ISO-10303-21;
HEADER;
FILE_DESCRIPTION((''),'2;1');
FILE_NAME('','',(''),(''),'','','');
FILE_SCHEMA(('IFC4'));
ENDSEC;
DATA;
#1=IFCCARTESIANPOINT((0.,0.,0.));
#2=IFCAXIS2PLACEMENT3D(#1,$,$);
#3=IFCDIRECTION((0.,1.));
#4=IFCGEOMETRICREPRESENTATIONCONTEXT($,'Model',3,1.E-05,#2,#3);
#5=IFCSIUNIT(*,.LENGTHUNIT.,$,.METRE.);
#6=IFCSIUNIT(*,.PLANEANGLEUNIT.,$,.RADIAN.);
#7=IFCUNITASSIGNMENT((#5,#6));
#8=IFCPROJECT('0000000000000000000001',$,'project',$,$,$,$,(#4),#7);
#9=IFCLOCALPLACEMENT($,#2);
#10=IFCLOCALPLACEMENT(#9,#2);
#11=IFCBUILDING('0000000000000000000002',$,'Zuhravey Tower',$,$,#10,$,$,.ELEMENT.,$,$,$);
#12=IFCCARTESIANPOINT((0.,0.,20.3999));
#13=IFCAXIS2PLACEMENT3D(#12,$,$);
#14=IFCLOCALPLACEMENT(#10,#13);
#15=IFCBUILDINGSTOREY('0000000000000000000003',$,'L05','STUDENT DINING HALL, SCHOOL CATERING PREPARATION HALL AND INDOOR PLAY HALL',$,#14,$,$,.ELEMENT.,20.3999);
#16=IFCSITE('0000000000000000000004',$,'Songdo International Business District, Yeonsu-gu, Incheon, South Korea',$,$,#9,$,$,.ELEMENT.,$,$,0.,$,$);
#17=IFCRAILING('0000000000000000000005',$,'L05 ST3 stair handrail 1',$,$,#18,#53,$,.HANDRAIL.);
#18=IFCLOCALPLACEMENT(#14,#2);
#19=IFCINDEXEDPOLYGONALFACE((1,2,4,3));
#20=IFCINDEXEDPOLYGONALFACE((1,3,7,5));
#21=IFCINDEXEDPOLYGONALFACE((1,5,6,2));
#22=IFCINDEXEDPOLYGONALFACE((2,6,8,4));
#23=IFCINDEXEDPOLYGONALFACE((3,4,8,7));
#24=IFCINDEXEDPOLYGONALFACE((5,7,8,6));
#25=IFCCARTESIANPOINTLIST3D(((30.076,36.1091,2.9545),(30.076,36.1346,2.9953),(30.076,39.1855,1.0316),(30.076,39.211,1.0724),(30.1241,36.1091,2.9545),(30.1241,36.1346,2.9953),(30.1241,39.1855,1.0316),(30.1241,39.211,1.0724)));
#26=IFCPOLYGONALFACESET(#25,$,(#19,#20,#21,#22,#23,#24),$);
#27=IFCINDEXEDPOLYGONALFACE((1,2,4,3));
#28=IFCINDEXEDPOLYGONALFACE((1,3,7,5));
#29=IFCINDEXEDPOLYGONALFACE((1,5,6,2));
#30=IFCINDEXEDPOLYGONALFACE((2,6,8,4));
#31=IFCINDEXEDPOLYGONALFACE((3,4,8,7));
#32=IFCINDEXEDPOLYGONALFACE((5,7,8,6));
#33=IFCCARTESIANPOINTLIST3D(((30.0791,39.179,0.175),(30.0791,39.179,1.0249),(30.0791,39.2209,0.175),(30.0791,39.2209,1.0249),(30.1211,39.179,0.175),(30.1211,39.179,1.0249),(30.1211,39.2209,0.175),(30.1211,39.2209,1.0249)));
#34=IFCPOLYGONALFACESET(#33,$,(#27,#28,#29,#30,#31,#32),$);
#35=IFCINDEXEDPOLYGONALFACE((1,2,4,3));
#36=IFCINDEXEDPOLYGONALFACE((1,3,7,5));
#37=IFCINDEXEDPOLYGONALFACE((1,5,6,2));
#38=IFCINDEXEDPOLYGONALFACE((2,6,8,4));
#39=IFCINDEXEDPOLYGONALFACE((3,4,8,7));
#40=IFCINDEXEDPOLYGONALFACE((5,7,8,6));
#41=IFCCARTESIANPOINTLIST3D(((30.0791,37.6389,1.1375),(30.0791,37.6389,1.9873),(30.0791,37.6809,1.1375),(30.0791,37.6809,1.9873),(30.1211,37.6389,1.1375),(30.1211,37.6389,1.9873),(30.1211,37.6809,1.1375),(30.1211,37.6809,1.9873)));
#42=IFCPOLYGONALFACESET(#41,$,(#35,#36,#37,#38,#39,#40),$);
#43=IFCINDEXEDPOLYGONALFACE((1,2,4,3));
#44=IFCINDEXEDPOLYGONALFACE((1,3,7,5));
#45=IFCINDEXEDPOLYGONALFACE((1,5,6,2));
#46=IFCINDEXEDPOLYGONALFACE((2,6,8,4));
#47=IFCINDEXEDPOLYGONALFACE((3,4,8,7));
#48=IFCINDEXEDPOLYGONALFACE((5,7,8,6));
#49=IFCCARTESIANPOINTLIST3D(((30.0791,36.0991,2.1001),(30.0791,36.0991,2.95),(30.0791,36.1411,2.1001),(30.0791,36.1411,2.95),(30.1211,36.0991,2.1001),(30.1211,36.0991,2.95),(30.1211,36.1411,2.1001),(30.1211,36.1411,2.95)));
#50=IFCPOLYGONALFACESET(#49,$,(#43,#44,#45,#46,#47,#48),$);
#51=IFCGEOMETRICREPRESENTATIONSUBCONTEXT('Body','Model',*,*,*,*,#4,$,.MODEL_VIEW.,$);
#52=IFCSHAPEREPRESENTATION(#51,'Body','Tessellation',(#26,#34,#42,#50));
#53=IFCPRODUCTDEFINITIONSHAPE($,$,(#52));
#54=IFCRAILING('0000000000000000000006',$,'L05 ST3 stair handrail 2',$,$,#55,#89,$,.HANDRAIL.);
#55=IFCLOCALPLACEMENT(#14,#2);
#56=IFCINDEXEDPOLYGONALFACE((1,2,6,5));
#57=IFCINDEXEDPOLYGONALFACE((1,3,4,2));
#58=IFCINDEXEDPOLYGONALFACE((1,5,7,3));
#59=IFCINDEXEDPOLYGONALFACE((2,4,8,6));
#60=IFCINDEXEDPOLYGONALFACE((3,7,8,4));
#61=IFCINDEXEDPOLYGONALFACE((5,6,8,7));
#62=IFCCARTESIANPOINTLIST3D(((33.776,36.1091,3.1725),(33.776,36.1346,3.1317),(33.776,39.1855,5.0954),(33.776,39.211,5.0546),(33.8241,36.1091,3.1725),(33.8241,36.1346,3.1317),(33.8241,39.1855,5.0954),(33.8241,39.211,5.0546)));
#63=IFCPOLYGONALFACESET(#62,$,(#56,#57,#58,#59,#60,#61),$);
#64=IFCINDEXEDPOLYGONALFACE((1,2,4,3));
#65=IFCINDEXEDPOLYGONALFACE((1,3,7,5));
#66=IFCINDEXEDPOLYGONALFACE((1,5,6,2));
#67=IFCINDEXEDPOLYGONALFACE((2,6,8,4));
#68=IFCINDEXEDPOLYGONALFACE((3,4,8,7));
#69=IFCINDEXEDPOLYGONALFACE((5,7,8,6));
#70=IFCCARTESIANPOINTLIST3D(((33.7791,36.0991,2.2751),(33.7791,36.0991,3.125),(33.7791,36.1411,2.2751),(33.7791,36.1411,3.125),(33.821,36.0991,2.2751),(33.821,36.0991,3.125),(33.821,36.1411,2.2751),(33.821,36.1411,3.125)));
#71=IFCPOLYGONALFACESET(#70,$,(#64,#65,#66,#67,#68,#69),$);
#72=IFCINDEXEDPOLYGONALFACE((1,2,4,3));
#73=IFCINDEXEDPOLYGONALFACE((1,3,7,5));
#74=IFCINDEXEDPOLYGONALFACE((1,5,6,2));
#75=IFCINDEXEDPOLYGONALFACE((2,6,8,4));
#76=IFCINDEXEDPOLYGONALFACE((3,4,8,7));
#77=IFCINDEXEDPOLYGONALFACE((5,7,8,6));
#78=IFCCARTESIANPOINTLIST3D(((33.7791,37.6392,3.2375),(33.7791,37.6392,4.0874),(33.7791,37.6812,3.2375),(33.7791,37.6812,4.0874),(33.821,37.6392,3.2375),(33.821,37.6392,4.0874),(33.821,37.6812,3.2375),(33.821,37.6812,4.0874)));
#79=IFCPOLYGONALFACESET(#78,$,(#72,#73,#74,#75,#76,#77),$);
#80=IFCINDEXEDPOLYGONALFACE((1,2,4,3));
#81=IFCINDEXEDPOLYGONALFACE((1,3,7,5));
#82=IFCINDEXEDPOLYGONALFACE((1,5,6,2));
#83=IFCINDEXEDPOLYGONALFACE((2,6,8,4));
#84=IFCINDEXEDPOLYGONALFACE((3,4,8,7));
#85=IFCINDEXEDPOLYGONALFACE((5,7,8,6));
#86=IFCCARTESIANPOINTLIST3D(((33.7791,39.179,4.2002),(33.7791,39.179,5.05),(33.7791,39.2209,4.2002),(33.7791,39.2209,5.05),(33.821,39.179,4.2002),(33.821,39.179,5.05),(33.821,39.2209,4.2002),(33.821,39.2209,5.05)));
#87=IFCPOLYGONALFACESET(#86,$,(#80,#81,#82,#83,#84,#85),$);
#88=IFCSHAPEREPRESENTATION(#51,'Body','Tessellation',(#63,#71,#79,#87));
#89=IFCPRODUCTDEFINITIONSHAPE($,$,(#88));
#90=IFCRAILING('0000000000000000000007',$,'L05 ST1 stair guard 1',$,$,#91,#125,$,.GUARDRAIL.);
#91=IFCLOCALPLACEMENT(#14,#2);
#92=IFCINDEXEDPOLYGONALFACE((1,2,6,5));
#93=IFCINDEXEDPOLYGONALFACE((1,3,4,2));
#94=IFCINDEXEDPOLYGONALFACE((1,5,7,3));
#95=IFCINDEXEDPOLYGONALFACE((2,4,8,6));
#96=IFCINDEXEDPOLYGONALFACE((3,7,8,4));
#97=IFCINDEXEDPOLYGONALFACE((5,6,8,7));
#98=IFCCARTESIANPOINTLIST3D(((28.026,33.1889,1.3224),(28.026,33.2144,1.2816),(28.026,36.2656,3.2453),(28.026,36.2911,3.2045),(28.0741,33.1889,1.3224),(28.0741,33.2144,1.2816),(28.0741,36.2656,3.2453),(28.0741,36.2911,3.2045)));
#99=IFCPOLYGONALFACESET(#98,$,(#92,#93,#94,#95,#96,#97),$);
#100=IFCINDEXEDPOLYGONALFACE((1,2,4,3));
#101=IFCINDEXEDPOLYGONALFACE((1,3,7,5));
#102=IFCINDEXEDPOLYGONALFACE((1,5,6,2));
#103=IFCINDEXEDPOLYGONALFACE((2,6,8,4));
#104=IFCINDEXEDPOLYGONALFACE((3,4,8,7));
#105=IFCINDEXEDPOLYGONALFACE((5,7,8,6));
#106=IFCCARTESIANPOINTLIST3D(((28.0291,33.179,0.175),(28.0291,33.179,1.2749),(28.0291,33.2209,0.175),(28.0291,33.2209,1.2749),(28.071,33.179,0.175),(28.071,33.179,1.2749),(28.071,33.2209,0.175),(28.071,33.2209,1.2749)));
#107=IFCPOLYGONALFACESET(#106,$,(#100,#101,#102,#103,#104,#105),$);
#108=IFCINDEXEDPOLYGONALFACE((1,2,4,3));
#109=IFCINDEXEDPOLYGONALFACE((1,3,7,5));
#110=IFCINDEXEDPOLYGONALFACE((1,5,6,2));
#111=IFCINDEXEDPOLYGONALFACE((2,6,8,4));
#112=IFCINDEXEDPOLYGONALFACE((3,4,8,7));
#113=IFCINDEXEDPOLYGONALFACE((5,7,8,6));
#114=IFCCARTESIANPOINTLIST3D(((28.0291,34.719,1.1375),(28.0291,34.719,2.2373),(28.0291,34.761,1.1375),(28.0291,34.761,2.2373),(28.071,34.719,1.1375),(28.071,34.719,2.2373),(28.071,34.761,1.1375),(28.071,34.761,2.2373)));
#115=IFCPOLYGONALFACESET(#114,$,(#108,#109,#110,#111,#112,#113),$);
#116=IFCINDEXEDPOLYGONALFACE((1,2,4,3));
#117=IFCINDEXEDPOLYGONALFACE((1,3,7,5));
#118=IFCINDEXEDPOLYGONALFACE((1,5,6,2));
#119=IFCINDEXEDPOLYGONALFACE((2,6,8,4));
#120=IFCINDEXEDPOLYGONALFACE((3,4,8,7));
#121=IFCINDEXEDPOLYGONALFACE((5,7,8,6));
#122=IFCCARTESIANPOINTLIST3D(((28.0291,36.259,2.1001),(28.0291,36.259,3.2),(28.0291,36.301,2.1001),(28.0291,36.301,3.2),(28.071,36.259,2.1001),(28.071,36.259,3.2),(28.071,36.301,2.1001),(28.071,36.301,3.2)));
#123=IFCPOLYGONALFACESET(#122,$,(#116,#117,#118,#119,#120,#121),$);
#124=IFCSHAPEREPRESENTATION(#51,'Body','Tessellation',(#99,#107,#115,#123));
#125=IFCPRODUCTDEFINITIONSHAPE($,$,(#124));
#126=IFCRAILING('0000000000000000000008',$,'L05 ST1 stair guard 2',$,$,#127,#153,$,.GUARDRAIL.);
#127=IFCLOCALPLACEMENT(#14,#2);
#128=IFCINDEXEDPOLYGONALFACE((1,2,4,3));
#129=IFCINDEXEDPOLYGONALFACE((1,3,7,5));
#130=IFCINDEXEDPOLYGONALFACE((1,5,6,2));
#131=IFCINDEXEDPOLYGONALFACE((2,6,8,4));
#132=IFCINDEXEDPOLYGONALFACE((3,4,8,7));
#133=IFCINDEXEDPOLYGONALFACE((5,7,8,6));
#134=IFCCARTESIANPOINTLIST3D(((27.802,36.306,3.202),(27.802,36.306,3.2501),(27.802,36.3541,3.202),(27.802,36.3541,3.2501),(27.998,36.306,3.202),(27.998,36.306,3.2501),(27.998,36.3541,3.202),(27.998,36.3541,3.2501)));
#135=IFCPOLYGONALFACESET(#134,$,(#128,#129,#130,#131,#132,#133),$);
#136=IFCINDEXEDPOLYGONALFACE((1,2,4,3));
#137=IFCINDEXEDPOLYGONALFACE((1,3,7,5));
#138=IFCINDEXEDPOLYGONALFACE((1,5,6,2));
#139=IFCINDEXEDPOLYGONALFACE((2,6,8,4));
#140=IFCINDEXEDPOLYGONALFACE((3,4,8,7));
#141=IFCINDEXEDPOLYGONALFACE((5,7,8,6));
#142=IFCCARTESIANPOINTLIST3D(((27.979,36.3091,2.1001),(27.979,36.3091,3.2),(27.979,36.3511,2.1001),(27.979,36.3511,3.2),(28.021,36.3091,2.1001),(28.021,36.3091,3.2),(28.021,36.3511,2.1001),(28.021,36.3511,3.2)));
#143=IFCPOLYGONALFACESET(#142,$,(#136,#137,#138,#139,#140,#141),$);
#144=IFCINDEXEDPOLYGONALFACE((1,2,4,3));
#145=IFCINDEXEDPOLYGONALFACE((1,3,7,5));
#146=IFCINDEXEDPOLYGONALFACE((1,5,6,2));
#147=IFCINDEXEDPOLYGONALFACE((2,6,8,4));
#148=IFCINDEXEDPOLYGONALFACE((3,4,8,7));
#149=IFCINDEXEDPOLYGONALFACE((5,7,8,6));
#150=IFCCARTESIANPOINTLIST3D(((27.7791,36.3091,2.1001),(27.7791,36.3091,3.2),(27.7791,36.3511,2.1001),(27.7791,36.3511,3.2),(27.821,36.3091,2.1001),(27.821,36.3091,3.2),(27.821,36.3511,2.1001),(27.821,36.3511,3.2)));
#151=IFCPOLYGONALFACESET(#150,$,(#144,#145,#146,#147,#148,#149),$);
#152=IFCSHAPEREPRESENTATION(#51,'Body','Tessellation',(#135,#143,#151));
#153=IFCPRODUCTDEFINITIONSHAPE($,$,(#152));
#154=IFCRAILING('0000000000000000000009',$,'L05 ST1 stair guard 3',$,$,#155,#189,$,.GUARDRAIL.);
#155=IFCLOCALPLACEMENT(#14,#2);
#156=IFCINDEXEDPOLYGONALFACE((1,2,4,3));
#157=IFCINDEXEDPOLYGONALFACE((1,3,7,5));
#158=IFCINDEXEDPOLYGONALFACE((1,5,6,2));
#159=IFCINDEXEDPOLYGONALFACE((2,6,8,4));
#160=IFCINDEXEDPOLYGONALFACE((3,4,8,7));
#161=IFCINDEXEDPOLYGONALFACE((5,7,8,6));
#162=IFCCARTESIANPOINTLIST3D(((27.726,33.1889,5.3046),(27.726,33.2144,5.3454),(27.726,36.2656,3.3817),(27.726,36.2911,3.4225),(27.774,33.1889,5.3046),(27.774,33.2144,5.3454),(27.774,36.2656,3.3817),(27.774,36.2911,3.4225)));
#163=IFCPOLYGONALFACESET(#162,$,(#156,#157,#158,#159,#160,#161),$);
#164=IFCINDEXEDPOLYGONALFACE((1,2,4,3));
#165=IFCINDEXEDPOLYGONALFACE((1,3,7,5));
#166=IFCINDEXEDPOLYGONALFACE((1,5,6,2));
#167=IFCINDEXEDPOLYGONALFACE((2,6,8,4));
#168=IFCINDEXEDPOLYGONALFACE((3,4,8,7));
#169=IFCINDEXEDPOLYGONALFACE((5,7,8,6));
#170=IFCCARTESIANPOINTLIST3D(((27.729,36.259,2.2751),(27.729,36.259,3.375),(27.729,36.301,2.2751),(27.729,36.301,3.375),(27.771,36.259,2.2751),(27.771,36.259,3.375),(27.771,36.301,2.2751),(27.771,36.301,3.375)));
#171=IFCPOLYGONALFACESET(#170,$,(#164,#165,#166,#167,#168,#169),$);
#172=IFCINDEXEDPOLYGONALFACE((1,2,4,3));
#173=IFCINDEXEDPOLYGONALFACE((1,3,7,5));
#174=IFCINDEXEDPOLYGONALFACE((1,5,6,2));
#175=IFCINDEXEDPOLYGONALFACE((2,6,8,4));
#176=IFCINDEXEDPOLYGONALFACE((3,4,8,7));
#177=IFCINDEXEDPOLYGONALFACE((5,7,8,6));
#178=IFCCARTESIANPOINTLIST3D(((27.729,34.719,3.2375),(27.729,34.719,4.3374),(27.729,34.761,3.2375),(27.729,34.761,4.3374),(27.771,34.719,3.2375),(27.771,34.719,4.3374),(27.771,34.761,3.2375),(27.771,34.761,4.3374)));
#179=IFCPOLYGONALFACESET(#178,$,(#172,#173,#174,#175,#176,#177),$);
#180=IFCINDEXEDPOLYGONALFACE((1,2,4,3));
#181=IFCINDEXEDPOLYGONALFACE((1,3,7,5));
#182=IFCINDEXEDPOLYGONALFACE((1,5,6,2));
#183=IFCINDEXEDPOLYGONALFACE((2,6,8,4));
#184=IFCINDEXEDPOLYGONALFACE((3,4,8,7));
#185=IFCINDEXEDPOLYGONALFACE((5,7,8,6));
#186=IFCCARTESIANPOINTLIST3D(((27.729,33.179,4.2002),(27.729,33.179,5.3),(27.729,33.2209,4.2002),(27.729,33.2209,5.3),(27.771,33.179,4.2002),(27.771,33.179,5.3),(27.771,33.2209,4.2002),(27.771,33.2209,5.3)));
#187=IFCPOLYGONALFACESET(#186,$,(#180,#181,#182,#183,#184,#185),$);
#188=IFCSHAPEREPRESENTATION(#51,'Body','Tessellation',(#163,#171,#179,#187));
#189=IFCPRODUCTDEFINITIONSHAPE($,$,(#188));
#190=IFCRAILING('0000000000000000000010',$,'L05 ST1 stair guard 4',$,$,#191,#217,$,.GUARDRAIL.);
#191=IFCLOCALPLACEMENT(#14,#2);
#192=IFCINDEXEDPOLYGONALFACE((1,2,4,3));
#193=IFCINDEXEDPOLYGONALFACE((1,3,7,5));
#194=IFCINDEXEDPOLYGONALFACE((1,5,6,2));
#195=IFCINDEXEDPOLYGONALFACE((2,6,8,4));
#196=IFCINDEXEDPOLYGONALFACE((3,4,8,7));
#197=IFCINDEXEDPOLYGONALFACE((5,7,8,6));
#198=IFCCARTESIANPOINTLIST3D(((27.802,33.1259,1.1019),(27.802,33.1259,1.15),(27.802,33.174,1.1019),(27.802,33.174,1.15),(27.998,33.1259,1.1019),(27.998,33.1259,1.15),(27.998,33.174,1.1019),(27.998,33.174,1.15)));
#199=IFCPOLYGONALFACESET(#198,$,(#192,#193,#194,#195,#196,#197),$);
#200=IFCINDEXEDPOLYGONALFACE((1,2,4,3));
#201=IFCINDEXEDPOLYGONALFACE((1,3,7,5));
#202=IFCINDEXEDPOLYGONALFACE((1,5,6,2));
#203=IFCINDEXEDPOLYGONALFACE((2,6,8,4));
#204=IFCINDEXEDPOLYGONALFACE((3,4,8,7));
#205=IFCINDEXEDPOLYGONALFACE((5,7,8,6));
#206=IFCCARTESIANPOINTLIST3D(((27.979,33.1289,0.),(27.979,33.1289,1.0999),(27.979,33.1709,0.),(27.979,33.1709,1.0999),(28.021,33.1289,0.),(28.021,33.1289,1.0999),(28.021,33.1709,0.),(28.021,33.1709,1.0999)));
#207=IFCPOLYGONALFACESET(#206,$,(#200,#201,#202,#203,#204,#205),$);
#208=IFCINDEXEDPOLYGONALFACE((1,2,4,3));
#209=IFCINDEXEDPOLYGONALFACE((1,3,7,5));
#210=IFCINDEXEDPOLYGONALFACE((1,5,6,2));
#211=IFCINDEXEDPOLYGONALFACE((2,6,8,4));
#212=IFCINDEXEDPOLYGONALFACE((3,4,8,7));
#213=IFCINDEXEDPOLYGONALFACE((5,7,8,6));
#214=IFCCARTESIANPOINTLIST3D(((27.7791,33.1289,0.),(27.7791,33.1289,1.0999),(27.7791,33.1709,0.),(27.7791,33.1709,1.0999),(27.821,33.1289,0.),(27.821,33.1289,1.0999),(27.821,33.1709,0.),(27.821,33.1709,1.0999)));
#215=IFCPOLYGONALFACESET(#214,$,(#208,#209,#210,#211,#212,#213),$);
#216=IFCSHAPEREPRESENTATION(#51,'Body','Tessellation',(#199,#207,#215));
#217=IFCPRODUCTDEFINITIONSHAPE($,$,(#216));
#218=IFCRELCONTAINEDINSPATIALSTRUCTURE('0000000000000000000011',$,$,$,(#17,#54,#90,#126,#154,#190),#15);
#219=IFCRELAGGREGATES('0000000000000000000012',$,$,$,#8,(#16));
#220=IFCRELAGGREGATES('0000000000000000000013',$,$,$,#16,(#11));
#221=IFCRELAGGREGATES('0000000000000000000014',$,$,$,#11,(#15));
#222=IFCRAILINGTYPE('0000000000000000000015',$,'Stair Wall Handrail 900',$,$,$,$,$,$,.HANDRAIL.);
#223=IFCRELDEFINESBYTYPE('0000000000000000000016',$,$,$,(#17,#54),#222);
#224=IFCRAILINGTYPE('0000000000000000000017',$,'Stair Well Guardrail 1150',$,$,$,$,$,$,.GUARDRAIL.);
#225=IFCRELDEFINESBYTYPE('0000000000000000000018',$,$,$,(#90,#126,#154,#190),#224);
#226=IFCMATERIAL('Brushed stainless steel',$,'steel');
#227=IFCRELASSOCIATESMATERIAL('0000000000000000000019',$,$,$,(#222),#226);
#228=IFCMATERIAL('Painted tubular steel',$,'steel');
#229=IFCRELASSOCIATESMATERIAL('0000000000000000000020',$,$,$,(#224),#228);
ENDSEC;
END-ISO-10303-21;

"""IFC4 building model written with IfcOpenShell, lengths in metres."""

from ifc_helpers import new_model, si_unit, direction, frame, origin, origin_2d, place, context, subcontext, project, spatial, rectangle, extrude, material, type_object, element, save


model = new_model("IFC4")

# Units and contexts
model_context = context("Model", 3, precision=1e-05, world=origin(), true_north=direction((0.0, 1.0)))
body_context = subcontext(model_context, "Body", "Model", "MODEL_VIEW")
ifc_project = project(units=[si_unit("LENGTHUNIT", "METRE"), si_unit("PLANEANGLEUNIT", "RADIAN")], contexts=[model_context])

# Site, building, storey
site_placement = place(None, origin())
site = spatial("IfcSite", under=ifc_project, at=site_placement, Name="Songdo International Business District, Yeonsu-gu, Incheon, South Korea", CompositionType="ELEMENT", RefElevation=0.0)
building_placement = place(site_placement, origin())
building = spatial("IfcBuilding", under=site, at=building_placement, Name="Zuhravey Tower", CompositionType="ELEMENT")
storey_placement = place(building_placement, frame((0.0, 0.0, 20.3999)))
storey = spatial("IfcBuildingStorey", under=building, at=storey_placement, Name="L05", Description="STUDENT DINING HALL, SCHOOL CATERING PREPARATION HALL AND INDOOR PLAY HALL", CompositionType="ELEMENT", Elevation=20.3999)

# Railings
ifc_material_1 = material(Name="Brushed stainless steel", Category="steel")
railing_type_1 = type_object("IfcRailingType", Name="Stair Wall Handrail 900", PredefinedType="HANDRAIL", material=ifc_material_1)
railing_1_placement = place(storey_placement, frame((30.1001, 39.2, 0.175)))
element("IfcRailing", 1, at=railing_1_placement, inside=storey, type_object=railing_type_1, Name="L05 ST3 stair handrail 1", PredefinedType="HANDRAIL", context=body_context, shape_type="SweptSolid", body=[
    extrude(rectangle(XDim=0.0481, YDim=0.0481, at=origin_2d()), frame((0.0, -0.0017, 0.877), z_axis=(0.0, -0.847979, 0.530029), x_axis=(1.0, 0.0, 0.0)), (0.0, 0.0, 1.0), 3.6279),
    extrude(rectangle(XDim=0.042, YDim=0.042, at=origin_2d()), origin(), (0.0, 0.0, 1.0), 0.8499),
    extrude(rectangle(XDim=0.042, YDim=0.042, at=origin_2d()), frame((0.0, -1.54, 0.9624)), (0.0, 0.0, 1.0), 0.8499),
    extrude(rectangle(XDim=0.042, YDim=0.042, at=origin_2d()), frame((0.0, -3.0798, 1.925)), (0.0, 0.0, 1.0), 0.8499),
])
railing_2_placement = place(storey_placement, frame((33.8, 36.1201, 2.2751)))
element("IfcRailing", 2, at=railing_2_placement, inside=storey, type_object=railing_type_1, Name="L05 ST3 stair handrail 2", PredefinedType="HANDRAIL", context=body_context, shape_type="SweptSolid", body=[
    extrude(rectangle(XDim=0.0481, YDim=0.0481, at=origin_2d()), frame((0.0, 0.0017, 0.877), z_axis=(0.0, 0.847979, 0.530029), x_axis=(-1.0, 0.0, 0.0)), (0.0, 0.0, 1.0), 3.6279),
    extrude(rectangle(XDim=0.042, YDim=0.042, at=origin_2d()), origin(), (0.0, 0.0, 1.0), 0.8499),
    extrude(rectangle(XDim=0.042, YDim=0.042, at=origin_2d()), frame((0.0, 1.54, 0.9624)), (0.0, 0.0, 1.0), 0.8499),
    extrude(rectangle(XDim=0.042, YDim=0.042, at=origin_2d()), frame((0.0, 3.0798, 1.925)), (0.0, 0.0, 1.0), 0.8499),
])
ifc_material_2 = material(Name="Painted tubular steel", Category="steel")
railing_type_2 = type_object("IfcRailingType", Name="Stair Well Guardrail 1150", PredefinedType="GUARDRAIL", material=ifc_material_2)
railing_3_placement = place(storey_placement, frame((28.05, 33.2, 0.175)))
element("IfcRailing", 3, at=railing_3_placement, inside=storey, type_object=railing_type_2, Name="L05 ST1 stair guard 1", PredefinedType="GUARDRAIL", context=body_context, shape_type="SweptSolid", body=[
    extrude(rectangle(XDim=0.0481, YDim=0.0481, at=origin_2d()), frame((0.0, 0.0017, 1.127), z_axis=(0.0, 0.847998, 0.529999), x_axis=(-1.0, 0.0, 0.0)), (0.0, 0.0, 1.0), 3.6282),
    extrude(rectangle(XDim=0.042, YDim=0.042, at=origin_2d()), origin(), (0.0, 0.0, 1.0), 1.0999),
    extrude(rectangle(XDim=0.042, YDim=0.042, at=origin_2d()), frame((0.0, 1.54, 0.9624)), (0.0, 0.0, 1.0), 1.0999),
    extrude(rectangle(XDim=0.042, YDim=0.042, at=origin_2d()), frame((0.0, 3.0801, 1.925)), (0.0, 0.0, 1.0), 1.0999),
])
railing_4_placement = place(storey_placement, frame((28.0, 36.3301, 2.1001)))
element("IfcRailing", 4, at=railing_4_placement, inside=storey, type_object=railing_type_2, Name="L05 ST1 stair guard 2", PredefinedType="GUARDRAIL", context=body_context, shape_type="SweptSolid", body=[
    extrude(rectangle(XDim=0.0481, YDim=0.0481, at=origin_2d()), frame((-0.002, 0.0, 1.126), z_axis=(-1.0, 0.0, 0.0), x_axis=(0.0, -1.0, 0.0)), (0.0, 0.0, 1.0), 0.196),
    extrude(rectangle(XDim=0.042, YDim=0.042, at=origin_2d()), origin(), (0.0, 0.0, 1.0), 1.0999),
    extrude(rectangle(XDim=0.042, YDim=0.042, at=origin_2d()), frame((-0.2, 0.0, 0.0)), (0.0, 0.0, 1.0), 1.0999),
])
railing_5_placement = place(storey_placement, frame((27.75, 36.28, 2.2751)))
element("IfcRailing", 5, at=railing_5_placement, inside=storey, type_object=railing_type_2, Name="L05 ST1 stair guard 3", PredefinedType="GUARDRAIL", context=body_context, shape_type="SweptSolid", body=[
    extrude(rectangle(XDim=0.0481, YDim=0.0481, at=origin_2d()), frame((0.0, -0.0017, 1.127), z_axis=(0.0, -0.847998, 0.529999), x_axis=(1.0, 0.0, 0.0)), (0.0, 0.0, 1.0), 3.6282),
    extrude(rectangle(XDim=0.042, YDim=0.042, at=origin_2d()), origin(), (0.0, 0.0, 1.0), 1.0999),
    extrude(rectangle(XDim=0.042, YDim=0.042, at=origin_2d()), frame((0.0, -1.54, 0.9624)), (0.0, 0.0, 1.0), 1.0999),
    extrude(rectangle(XDim=0.042, YDim=0.042, at=origin_2d()), frame((0.0, -3.0801, 1.925)), (0.0, 0.0, 1.0), 1.0999),
])
railing_6_placement = place(storey_placement, frame((28.0, 33.1499, 0.0)))
element("IfcRailing", 6, at=railing_6_placement, inside=storey, type_object=railing_type_2, Name="L05 ST1 stair guard 4", PredefinedType="GUARDRAIL", context=body_context, shape_type="SweptSolid", body=[
    extrude(rectangle(XDim=0.0481, YDim=0.0481, at=origin_2d()), frame((-0.002, 0.0, 1.126), z_axis=(-1.0, 0.0, 0.0), x_axis=(0.0, -1.0, 0.0)), (0.0, 0.0, 1.0), 0.196),
    extrude(rectangle(XDim=0.042, YDim=0.042, at=origin_2d()), origin(), (0.0, 0.0, 1.0), 1.0999),
    extrude(rectangle(XDim=0.042, YDim=0.042, at=origin_2d()), frame((-0.2, 0.0, 0.0)), (0.0, 0.0, 1.0), 1.0999),
])

save(model, "model.ifc")
